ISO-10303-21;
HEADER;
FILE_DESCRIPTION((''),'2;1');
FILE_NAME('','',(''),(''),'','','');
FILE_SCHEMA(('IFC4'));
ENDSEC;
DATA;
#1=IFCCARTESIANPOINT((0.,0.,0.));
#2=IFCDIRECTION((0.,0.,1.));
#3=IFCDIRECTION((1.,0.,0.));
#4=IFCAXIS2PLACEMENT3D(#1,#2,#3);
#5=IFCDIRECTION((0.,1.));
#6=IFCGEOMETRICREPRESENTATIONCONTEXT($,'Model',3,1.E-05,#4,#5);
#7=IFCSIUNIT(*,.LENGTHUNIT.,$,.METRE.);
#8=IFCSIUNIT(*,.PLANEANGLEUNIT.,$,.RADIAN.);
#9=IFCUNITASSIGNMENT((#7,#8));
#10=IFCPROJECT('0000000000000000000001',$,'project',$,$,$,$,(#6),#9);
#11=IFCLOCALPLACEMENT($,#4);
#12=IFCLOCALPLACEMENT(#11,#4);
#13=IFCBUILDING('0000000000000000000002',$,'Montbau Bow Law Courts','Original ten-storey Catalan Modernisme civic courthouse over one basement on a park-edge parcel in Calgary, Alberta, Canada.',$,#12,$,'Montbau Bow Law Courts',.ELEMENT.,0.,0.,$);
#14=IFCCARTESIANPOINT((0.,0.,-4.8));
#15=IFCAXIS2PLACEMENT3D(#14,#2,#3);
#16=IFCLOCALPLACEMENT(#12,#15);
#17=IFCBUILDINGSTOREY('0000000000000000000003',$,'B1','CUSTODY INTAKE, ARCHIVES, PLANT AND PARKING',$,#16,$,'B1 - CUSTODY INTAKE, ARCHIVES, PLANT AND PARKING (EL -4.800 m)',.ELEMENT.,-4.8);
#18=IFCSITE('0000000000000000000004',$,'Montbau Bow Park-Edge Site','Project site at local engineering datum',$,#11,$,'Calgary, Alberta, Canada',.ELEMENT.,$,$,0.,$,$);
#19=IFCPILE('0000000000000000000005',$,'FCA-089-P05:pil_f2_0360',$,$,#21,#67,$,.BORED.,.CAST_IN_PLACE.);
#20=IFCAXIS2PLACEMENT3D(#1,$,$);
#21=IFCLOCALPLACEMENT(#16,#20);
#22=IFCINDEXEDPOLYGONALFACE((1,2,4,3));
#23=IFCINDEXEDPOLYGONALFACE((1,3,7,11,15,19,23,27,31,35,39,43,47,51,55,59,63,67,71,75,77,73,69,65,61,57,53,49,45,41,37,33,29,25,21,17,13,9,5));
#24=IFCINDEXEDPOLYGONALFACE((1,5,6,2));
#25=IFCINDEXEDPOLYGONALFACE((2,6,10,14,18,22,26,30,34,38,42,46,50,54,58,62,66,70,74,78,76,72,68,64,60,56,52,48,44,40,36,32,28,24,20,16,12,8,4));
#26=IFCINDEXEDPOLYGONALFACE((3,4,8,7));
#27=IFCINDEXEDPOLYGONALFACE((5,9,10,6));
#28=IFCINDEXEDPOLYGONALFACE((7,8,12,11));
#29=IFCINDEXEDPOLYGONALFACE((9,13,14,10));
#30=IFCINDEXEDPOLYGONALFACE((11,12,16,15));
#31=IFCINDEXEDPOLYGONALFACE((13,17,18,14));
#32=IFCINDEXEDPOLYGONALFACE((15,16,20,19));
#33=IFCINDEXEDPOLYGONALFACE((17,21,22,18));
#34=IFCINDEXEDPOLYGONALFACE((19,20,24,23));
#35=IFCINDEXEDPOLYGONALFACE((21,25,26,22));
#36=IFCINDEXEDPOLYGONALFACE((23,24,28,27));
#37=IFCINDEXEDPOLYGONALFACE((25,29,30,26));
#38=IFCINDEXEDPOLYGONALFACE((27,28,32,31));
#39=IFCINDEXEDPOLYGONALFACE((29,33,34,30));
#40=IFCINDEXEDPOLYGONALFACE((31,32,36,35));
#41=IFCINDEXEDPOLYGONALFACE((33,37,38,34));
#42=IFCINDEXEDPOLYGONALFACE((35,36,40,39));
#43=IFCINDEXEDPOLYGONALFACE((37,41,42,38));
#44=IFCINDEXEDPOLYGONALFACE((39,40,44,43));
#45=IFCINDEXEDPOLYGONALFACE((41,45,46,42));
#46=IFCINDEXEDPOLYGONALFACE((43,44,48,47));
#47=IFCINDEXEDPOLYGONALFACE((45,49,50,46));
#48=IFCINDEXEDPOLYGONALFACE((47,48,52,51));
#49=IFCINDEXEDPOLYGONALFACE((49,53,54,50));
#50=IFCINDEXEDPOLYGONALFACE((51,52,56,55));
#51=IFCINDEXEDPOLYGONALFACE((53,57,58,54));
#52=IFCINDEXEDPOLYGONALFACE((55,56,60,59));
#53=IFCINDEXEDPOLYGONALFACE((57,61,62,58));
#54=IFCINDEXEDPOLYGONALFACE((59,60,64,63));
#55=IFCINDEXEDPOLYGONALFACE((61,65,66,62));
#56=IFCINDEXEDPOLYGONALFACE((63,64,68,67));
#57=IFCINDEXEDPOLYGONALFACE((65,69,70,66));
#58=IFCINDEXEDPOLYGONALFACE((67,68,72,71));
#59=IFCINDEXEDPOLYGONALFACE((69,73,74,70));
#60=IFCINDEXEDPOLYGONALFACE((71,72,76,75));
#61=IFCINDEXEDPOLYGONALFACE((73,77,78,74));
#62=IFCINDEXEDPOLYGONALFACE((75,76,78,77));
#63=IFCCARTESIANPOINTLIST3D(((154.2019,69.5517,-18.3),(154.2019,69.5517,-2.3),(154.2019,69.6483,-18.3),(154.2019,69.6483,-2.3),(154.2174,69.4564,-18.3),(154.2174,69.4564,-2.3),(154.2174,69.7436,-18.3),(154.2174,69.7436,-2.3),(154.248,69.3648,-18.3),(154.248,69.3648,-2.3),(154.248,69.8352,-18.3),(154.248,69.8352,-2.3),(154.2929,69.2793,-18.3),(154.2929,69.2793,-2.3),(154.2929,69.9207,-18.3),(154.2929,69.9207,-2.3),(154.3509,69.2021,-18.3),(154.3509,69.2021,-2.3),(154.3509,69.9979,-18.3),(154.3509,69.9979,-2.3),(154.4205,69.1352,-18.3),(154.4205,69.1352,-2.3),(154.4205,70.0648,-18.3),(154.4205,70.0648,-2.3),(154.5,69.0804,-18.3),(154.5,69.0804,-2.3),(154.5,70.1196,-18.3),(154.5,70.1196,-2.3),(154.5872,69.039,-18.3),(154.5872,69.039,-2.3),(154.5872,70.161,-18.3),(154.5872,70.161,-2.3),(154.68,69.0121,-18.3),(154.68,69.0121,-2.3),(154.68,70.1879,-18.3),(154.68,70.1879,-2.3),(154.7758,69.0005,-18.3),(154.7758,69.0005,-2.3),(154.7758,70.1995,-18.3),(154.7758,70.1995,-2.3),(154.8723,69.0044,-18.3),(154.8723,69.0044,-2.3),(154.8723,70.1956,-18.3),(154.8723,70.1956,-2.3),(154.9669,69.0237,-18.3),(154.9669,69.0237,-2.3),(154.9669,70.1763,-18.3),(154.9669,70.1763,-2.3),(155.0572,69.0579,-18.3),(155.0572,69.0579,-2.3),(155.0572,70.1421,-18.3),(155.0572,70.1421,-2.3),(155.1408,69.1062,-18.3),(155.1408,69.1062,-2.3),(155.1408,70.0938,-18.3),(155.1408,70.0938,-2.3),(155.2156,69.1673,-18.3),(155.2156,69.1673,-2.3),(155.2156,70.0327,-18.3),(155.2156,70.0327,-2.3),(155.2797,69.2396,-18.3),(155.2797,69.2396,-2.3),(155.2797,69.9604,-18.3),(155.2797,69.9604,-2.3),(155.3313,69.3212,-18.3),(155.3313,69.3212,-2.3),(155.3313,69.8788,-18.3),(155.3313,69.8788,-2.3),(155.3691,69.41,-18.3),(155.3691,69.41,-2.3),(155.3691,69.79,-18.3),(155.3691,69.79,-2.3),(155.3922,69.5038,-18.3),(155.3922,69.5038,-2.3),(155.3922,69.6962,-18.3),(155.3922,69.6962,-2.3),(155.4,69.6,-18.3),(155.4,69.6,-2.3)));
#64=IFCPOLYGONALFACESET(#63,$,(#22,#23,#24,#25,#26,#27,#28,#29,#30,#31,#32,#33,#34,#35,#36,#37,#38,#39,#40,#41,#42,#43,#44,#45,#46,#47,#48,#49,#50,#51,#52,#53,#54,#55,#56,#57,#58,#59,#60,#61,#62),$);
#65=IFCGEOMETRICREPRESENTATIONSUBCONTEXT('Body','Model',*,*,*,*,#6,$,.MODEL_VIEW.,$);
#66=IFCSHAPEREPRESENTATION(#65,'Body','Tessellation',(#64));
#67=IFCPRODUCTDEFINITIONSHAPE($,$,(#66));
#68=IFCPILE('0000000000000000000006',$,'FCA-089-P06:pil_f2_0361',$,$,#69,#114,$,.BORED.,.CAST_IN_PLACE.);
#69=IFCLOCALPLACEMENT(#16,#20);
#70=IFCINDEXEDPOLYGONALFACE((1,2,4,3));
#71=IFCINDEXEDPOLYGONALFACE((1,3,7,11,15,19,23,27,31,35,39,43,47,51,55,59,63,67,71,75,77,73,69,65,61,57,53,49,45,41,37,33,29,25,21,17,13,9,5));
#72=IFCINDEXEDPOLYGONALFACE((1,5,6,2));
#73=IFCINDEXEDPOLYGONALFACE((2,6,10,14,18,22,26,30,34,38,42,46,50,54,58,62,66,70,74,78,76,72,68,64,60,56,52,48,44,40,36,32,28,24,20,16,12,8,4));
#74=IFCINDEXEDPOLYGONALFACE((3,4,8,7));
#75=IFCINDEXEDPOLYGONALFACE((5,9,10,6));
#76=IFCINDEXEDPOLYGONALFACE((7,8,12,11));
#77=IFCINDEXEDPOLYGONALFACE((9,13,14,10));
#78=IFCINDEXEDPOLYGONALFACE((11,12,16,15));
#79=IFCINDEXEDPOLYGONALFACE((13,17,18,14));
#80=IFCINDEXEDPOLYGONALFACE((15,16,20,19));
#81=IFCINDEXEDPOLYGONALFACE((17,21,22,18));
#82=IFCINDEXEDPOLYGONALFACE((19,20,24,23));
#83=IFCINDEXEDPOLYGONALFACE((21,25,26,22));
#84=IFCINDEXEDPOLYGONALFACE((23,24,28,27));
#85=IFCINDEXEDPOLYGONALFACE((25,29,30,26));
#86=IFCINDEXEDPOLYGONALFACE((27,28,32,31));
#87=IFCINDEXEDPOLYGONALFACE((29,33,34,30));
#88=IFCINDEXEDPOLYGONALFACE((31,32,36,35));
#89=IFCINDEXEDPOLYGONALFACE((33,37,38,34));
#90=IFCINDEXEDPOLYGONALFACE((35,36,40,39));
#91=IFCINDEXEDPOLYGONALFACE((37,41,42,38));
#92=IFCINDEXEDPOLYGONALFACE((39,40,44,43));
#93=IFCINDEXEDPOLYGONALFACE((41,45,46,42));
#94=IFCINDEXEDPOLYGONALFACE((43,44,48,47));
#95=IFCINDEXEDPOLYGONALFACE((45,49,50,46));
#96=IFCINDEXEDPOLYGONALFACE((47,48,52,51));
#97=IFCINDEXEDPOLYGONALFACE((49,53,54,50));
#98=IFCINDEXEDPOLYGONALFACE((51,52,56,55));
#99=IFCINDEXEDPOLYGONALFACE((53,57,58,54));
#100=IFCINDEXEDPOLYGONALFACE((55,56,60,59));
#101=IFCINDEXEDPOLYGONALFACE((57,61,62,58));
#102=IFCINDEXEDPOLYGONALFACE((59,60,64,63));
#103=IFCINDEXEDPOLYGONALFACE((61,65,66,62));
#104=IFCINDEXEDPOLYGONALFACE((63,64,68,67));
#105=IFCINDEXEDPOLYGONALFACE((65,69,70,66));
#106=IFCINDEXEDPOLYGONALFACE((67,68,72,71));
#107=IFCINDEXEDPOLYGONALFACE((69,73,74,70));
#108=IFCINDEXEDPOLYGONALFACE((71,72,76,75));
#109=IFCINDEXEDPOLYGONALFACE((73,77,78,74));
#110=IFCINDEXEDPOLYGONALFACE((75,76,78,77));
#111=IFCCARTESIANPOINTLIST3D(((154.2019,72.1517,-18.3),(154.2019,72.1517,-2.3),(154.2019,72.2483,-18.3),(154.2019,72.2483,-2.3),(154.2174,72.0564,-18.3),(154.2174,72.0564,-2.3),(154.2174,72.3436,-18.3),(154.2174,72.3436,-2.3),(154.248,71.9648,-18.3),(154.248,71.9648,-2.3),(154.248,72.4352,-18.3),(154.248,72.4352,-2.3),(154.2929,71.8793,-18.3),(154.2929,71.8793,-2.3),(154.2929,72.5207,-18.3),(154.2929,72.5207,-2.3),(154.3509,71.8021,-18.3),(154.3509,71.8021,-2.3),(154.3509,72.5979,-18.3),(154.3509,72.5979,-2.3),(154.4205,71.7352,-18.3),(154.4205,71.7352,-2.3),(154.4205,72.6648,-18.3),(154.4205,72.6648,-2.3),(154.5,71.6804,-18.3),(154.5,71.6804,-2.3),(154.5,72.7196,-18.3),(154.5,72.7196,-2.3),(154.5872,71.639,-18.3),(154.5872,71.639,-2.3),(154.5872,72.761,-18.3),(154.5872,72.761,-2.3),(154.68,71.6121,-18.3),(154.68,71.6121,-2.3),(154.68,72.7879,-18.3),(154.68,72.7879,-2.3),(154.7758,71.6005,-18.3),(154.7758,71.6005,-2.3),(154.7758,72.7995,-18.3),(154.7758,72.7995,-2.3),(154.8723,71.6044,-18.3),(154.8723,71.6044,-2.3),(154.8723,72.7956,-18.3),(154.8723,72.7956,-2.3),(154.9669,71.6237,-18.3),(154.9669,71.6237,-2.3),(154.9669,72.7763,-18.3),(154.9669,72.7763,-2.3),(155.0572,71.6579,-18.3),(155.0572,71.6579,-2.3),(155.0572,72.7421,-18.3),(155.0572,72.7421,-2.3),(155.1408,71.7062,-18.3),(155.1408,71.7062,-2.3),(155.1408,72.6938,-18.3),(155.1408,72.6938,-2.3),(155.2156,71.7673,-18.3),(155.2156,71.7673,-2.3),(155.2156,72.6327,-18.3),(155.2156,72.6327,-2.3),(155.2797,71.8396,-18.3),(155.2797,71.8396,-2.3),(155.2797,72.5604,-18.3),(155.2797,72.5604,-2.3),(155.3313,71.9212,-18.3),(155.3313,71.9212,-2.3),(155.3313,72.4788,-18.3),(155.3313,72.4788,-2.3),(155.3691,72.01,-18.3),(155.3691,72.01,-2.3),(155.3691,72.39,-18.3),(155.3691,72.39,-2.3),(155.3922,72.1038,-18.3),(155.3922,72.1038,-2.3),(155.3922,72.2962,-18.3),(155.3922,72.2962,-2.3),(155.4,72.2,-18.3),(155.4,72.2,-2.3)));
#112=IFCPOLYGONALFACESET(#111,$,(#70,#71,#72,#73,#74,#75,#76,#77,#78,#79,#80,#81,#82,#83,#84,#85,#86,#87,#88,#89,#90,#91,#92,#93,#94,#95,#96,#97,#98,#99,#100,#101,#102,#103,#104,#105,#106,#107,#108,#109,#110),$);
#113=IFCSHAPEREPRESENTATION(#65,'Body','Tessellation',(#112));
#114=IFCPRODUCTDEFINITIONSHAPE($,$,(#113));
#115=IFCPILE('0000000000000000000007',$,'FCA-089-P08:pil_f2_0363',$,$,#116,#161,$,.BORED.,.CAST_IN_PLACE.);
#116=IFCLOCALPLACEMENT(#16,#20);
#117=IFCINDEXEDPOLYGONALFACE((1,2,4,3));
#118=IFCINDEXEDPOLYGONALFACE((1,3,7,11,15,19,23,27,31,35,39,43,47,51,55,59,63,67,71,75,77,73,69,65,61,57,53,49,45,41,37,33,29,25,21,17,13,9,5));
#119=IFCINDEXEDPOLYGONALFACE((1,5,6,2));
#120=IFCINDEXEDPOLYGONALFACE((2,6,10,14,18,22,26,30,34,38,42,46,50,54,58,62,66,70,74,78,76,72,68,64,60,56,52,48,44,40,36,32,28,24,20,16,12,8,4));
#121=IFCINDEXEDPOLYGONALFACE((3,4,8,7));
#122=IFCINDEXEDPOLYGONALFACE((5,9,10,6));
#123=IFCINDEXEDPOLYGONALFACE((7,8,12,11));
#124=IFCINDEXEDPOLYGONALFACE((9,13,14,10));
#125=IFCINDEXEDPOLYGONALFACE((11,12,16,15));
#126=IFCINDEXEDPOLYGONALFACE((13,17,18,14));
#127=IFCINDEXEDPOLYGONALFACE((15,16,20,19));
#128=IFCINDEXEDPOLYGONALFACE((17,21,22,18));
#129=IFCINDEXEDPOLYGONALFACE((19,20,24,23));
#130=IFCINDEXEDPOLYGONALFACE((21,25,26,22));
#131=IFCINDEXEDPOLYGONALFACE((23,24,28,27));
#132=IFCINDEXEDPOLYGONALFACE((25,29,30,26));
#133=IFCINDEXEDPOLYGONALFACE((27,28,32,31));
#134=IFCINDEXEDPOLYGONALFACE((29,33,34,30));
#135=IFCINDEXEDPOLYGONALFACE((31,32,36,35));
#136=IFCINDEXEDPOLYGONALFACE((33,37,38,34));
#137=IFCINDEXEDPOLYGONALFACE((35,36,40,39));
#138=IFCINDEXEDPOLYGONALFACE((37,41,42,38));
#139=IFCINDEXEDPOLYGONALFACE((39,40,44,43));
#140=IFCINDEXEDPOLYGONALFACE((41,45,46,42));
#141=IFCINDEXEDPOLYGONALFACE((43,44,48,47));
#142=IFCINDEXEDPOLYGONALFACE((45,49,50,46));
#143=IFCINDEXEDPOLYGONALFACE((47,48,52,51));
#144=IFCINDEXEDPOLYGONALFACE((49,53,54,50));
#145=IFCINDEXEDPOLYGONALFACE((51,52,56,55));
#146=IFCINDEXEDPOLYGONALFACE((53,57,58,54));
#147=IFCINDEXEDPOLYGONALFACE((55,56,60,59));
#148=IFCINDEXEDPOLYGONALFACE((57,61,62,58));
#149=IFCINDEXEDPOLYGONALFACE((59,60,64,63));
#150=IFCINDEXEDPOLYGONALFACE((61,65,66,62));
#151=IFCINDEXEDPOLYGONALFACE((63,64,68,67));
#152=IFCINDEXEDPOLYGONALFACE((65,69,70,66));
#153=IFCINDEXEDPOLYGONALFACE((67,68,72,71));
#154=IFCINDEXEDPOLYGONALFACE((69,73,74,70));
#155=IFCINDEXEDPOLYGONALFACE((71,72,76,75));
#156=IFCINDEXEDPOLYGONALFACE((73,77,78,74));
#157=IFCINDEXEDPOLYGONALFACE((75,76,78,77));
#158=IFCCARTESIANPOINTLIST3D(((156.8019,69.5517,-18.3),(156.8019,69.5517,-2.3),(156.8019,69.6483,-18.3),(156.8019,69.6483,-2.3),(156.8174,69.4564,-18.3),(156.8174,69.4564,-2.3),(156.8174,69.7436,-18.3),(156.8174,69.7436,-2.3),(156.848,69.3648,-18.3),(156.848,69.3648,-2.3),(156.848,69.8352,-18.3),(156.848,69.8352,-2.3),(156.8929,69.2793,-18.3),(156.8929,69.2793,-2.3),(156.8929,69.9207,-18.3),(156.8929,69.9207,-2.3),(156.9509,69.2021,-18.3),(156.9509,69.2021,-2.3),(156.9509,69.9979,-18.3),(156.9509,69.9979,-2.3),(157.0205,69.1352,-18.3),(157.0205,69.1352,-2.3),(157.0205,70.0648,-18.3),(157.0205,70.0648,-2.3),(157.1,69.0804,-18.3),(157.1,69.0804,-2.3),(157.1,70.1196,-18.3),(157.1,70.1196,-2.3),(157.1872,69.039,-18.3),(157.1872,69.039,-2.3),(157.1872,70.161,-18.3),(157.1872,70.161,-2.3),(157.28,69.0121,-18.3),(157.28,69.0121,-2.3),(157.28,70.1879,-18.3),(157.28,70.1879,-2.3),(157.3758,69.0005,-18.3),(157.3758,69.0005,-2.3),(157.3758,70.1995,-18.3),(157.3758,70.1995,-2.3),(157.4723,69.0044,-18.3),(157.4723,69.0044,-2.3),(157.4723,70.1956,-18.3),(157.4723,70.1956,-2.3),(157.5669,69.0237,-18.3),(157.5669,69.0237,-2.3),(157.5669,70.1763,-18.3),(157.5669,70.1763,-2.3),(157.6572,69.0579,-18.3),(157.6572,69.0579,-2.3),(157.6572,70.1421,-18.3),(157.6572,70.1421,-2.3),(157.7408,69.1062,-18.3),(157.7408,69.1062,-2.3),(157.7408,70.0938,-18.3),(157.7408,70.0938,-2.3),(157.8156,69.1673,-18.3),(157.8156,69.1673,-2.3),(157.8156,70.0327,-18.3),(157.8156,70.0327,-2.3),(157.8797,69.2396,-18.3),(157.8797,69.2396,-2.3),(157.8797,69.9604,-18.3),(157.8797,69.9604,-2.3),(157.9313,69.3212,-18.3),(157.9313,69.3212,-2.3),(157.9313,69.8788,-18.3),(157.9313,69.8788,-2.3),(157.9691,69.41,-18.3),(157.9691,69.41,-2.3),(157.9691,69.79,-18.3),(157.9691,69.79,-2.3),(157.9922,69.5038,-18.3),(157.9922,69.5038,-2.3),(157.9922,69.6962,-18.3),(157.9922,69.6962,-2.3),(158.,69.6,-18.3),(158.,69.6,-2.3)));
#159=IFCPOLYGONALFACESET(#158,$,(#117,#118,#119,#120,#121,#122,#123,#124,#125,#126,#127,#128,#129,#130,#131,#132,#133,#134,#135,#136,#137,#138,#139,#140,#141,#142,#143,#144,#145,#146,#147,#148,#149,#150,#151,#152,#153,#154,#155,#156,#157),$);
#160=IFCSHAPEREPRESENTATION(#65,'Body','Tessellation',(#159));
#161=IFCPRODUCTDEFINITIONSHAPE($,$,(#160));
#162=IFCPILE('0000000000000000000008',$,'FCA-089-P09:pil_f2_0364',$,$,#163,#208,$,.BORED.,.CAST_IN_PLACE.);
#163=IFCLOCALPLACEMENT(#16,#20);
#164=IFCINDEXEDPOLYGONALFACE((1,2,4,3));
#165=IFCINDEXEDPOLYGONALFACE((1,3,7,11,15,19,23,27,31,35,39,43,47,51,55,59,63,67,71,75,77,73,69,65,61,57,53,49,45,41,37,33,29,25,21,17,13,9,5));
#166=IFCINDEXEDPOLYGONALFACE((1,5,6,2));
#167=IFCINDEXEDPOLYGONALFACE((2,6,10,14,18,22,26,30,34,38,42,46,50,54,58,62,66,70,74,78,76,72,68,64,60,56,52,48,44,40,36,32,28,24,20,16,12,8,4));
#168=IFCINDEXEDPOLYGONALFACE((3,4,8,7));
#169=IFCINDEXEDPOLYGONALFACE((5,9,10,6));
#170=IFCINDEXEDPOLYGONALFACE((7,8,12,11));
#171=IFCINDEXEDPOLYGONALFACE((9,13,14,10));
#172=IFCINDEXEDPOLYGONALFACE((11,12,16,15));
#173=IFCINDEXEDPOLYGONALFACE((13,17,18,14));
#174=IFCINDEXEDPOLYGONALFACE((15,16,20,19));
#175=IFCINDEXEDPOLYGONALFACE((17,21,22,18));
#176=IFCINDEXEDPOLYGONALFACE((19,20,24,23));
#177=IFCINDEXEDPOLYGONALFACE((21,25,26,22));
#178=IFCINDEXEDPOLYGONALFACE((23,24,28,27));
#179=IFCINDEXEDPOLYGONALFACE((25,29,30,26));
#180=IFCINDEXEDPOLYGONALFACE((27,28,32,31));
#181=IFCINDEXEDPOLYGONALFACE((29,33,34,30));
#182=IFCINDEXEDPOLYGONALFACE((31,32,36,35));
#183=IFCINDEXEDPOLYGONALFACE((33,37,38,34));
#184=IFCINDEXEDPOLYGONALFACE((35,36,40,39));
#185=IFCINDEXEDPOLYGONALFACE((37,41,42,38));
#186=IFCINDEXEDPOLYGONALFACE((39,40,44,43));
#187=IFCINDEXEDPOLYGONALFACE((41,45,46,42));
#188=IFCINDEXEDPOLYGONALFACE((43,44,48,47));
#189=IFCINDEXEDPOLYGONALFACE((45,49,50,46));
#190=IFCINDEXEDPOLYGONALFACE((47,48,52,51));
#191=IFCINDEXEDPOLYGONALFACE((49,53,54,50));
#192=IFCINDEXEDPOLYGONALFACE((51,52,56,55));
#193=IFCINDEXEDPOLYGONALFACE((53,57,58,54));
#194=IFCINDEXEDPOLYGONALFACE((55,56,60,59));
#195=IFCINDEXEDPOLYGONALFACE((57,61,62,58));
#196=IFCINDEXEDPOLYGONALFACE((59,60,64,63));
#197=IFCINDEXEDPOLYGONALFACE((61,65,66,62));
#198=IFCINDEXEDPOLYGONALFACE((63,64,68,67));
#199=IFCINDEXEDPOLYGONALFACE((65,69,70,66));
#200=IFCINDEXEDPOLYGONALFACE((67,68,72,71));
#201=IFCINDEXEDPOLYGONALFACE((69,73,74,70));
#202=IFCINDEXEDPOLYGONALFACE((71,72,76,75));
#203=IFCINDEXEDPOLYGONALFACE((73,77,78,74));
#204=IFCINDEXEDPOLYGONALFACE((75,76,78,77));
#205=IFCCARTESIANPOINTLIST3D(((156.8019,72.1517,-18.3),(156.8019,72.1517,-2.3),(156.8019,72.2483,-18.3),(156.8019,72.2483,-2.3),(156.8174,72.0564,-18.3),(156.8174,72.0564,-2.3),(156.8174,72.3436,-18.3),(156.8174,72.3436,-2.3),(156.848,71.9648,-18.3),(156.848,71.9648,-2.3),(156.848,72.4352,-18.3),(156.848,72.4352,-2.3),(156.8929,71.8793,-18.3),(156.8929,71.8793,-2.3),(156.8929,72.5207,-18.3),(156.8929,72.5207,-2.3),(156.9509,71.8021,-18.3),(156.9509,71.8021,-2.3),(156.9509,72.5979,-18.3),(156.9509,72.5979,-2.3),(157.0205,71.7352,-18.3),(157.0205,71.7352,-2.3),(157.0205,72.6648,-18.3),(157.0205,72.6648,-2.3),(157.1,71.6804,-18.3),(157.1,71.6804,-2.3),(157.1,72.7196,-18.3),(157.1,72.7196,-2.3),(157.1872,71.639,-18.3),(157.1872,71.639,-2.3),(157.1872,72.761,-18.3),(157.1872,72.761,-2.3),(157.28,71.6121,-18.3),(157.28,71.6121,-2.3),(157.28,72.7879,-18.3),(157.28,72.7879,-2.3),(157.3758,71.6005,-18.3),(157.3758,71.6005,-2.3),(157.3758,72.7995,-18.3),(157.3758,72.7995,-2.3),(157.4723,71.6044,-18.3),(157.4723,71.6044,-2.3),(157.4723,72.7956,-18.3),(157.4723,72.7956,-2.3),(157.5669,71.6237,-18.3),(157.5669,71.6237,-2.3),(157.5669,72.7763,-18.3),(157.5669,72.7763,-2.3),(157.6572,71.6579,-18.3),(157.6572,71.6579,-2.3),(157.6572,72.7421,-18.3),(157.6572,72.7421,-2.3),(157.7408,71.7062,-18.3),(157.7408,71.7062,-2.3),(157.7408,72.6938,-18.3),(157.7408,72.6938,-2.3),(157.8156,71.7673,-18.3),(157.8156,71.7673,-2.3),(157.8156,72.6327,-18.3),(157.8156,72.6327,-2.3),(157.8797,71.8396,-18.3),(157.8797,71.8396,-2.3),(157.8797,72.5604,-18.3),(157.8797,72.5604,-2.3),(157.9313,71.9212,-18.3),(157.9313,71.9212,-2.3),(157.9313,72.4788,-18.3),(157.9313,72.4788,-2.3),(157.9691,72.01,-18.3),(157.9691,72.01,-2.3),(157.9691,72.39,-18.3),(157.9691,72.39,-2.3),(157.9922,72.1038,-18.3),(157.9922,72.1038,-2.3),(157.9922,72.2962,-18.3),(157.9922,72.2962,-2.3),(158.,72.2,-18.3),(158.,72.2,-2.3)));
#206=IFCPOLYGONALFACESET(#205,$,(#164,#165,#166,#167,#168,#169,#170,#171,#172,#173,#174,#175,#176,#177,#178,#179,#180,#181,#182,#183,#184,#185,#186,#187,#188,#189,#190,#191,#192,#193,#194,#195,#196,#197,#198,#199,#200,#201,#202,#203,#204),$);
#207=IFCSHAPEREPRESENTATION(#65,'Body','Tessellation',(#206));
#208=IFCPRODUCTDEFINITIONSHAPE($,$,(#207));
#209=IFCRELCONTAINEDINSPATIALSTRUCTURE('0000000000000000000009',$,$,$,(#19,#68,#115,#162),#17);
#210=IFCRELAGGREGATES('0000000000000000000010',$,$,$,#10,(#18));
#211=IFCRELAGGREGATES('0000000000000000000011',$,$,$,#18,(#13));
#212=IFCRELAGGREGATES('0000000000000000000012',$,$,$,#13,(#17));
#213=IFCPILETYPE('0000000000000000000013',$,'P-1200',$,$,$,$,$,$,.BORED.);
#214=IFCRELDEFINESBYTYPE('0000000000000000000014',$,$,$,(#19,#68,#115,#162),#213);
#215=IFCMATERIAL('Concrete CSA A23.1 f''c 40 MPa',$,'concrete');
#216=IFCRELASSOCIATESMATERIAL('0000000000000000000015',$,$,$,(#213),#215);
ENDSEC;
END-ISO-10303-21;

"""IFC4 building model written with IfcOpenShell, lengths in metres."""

from ifc_helpers import new_model, si_unit, direction, frame, origin_with_axes, origin_2d_with_axis, place, context, subcontext, project, spatial, circle, extrude, material, material_profile, profile_set, type_object, element, save


model = new_model("IFC4")

# Units and contexts
model_context = context("Model", 3, precision=1e-05, world=origin_with_axes(), true_north=direction((0.0, 1.0)))
body_context = subcontext(model_context, "Body", "Model", "MODEL_VIEW")
ifc_project = project(units=[si_unit("LENGTHUNIT", "METRE"), si_unit("PLANEANGLEUNIT", "RADIAN")], contexts=[model_context])

# Site, building, storey
site_placement = place(None, origin_with_axes())
site = spatial("IfcSite", under=ifc_project, at=site_placement, Name="Montbau Bow Park-Edge Site", Description="Project site at local engineering datum", LongName="Calgary, Alberta, Canada", CompositionType="ELEMENT", RefElevation=0.0)
building_placement = place(site_placement, origin_with_axes())
building = spatial("IfcBuilding", under=site, at=building_placement, Name="Montbau Bow Law Courts", Description="Original ten-storey Catalan Modernisme civic courthouse over one basement on a park-edge parcel in Calgary, Alberta, Canada.", LongName="Montbau Bow Law Courts", CompositionType="ELEMENT", ElevationOfRefHeight=0.0, ElevationOfTerrain=0.0)
storey_placement = place(building_placement, frame((0.0, 0.0, -4.8), z_axis=(0.0, 0.0, 1.0), x_axis=(1.0, 0.0, 0.0)))
storey = spatial("IfcBuildingStorey", under=building, at=storey_placement, Name="B1", Description="CUSTODY INTAKE, ARCHIVES, PLANT AND PARKING", LongName="B1 - CUSTODY INTAKE, ARCHIVES, PLANT AND PARKING (EL -4.800 m)", CompositionType="ELEMENT", Elevation=-4.8)

# Piles
ifc_material_1 = material(Name="Concrete CSA A23.1 f'c 40 MPa", Category="concrete")
ifc_material_profile_1 = material_profile(ifc_material_1, circle(Radius=0.6, at=origin_2d_with_axis()), Name="BP1200", Category="Main", Priority=0)
ifc_profile_set_1 = profile_set([ifc_material_profile_1], Name="Concrete CSA A23.1 f'c 40 MPa")
pile_type_1 = type_object("IfcPileType", Name="P-1200", PredefinedType="BORED", material=ifc_profile_set_1)
for number, where, z_axis, x_axis, name in (
    (1, (154.8, 69.6, -23.1), (0.0, 0.0, 1.0), (1.0, 0.0, 0.0), "FCA-089-P05:pil_f2_0360"),
    (2, (154.8, 72.2, -23.1), (0.0, 0.0, 1.0), (1.0, 0.0, 0.0), "FCA-089-P06:pil_f2_0361"),
    (3, (157.4, 69.6, -23.1), (0.0, 0.0, 1.0), (1.0, 0.0, 0.0), "FCA-089-P08:pil_f2_0363"),
    (4, (157.4, 72.2, -23.1), (0.0, 0.0, 1.0), (1.0, 0.0, 0.0), "FCA-089-P09:pil_f2_0364"),
):
    element("IfcPile", number, at=place(None, frame(where, z_axis=z_axis, x_axis=x_axis)), inside=storey, type_object=pile_type_1, Name=name, ConstructionType="CAST_IN_PLACE", PredefinedType="BORED", context=body_context, shape_type="SweptSolid", body=[
        extrude(circle(Radius=0.6, at=origin_2d_with_axis()), origin_with_axes(), (0.0, 0.0, 1.0), 16.0),
    ])

save(model, "model.ifc")
